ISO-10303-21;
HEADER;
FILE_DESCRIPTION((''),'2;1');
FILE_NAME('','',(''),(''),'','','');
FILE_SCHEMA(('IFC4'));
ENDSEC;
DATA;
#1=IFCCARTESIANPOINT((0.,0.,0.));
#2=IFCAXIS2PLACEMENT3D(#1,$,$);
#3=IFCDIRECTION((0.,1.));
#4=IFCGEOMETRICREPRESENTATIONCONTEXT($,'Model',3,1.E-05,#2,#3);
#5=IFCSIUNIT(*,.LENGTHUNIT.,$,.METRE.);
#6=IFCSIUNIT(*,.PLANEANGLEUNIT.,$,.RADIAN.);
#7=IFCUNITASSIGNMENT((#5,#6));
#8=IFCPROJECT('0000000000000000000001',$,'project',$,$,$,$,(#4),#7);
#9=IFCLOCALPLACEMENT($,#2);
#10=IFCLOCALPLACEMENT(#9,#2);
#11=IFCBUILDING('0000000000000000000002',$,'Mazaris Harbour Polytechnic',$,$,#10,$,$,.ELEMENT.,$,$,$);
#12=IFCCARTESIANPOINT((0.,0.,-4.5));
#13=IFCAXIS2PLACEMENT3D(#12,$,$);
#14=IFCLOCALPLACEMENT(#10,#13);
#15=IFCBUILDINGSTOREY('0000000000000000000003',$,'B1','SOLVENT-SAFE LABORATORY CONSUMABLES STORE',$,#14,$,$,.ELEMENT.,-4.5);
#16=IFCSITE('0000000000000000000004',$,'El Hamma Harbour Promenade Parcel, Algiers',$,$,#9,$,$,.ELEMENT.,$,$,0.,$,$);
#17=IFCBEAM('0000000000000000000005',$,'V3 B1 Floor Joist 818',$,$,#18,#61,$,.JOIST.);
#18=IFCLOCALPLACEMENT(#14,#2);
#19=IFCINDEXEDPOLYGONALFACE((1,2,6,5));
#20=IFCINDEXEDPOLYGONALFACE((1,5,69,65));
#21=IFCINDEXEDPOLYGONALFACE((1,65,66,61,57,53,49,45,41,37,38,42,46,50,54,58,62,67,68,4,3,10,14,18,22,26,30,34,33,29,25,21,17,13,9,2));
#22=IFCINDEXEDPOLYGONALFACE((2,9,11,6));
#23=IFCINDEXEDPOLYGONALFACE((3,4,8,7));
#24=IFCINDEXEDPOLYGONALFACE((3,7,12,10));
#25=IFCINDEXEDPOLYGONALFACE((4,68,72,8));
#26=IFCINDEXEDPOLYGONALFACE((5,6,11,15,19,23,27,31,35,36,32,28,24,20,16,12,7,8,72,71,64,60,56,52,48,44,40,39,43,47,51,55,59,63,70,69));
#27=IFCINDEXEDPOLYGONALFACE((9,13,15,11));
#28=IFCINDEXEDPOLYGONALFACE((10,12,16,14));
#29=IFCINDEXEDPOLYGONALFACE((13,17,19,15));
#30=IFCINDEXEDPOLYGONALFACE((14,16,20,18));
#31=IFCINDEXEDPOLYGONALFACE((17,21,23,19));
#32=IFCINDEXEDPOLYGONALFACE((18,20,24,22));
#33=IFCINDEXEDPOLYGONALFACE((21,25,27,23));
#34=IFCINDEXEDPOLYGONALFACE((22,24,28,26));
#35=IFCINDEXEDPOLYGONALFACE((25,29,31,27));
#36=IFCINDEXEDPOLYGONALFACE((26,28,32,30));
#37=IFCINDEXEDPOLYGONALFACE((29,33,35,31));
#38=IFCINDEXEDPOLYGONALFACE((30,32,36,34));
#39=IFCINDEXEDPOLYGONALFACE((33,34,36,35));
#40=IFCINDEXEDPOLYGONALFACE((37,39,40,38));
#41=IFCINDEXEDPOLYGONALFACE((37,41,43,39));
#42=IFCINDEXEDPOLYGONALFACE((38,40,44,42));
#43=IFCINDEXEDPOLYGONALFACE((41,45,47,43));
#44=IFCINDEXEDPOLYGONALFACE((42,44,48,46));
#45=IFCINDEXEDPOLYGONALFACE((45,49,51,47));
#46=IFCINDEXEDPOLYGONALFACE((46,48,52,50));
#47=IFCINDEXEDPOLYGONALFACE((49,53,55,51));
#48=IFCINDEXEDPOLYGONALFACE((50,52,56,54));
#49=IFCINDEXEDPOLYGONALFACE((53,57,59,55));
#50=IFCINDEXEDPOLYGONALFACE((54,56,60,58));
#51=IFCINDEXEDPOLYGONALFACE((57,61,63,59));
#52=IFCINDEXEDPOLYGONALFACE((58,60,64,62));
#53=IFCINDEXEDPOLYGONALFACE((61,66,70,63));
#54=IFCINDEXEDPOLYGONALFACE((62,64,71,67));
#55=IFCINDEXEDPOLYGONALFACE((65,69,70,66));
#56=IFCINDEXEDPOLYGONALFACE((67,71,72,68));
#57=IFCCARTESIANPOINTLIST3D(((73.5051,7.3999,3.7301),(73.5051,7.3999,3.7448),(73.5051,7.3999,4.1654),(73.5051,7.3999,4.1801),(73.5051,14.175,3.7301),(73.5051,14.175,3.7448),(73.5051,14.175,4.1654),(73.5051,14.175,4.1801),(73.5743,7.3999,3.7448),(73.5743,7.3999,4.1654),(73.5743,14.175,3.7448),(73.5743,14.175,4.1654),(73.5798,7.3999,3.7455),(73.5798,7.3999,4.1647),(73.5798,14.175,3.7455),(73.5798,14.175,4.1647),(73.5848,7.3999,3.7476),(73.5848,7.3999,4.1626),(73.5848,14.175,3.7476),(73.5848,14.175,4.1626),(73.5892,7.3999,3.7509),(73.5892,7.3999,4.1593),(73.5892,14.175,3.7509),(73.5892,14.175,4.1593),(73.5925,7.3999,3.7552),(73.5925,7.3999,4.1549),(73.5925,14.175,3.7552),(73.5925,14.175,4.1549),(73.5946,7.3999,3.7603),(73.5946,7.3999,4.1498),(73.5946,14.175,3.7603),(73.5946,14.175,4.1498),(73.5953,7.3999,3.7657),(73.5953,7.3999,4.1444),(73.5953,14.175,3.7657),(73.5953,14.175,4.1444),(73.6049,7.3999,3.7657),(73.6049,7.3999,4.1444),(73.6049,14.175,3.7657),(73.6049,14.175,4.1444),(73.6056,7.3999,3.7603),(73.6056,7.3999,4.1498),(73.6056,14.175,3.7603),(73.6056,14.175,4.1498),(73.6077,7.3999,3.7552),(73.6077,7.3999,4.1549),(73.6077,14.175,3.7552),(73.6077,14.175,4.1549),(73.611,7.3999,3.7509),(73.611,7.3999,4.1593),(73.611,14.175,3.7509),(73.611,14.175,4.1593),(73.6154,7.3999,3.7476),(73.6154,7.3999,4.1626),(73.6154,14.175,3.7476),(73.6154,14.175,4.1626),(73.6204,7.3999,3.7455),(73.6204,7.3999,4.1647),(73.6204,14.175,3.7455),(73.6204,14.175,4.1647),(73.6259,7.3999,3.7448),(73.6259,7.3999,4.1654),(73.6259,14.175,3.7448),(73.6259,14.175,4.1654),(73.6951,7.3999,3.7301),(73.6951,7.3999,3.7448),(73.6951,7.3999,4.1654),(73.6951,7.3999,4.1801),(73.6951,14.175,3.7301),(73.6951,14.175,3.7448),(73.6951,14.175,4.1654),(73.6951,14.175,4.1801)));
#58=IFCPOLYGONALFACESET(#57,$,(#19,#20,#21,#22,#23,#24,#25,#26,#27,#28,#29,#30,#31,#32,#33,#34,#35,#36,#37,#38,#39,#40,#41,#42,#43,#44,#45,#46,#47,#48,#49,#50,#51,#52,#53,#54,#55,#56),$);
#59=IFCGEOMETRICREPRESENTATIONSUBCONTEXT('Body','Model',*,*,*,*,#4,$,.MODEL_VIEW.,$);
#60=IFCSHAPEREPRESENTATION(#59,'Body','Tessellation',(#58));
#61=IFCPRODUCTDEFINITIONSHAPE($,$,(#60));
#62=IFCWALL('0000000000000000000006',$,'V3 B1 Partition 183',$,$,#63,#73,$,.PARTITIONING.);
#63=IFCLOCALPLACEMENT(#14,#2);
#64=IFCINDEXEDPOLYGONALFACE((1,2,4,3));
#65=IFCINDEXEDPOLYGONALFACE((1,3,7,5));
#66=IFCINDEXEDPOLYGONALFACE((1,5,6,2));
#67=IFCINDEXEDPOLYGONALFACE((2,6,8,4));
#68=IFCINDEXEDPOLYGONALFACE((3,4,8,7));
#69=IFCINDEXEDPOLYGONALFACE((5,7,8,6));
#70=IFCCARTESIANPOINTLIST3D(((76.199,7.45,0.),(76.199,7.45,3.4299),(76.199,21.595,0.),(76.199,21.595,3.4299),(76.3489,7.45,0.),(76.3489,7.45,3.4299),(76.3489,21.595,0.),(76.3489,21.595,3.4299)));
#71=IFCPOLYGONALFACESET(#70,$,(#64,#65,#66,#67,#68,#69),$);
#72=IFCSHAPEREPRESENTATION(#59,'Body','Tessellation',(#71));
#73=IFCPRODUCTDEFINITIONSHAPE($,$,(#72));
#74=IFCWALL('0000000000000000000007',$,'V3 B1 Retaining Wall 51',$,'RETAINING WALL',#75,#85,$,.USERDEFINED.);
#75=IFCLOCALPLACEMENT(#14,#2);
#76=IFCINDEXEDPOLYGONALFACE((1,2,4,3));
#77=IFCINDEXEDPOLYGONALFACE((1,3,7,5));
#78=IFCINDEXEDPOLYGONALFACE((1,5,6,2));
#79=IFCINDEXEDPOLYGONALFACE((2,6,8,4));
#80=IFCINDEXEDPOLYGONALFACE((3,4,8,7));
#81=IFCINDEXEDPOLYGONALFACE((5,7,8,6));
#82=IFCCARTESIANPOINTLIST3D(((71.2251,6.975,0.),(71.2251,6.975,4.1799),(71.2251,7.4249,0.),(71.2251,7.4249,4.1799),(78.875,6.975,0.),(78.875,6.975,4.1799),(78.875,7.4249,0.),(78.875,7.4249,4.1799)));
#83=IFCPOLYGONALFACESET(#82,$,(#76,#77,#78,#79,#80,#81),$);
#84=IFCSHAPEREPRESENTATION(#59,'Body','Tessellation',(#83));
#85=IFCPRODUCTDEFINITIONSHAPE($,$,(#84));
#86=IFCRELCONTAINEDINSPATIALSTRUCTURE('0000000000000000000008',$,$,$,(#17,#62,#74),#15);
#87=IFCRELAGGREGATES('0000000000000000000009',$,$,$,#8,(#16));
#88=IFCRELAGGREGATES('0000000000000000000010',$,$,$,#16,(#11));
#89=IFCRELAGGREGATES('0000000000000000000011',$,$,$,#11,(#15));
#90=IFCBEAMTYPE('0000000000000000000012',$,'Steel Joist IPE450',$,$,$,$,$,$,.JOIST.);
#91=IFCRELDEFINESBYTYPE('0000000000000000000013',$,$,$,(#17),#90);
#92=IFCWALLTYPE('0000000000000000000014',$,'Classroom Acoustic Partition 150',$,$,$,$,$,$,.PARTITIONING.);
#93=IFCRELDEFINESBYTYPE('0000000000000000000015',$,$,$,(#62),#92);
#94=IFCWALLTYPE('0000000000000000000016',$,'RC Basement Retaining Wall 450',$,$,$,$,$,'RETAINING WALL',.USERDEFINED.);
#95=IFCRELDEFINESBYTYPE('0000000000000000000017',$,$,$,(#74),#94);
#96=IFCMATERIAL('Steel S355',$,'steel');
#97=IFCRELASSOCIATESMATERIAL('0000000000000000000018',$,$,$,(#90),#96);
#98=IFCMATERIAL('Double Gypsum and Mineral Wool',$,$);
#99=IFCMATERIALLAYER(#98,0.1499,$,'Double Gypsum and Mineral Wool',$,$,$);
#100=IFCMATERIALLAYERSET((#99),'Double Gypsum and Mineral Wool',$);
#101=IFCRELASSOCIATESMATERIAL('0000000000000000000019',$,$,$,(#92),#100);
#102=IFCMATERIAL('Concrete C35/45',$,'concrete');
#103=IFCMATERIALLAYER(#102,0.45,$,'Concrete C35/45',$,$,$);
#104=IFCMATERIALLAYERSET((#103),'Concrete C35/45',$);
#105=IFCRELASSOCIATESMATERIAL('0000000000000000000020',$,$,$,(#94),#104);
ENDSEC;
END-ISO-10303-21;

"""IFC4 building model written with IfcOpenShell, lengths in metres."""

from ifc_helpers import new_model, si_unit, direction, frame, frame_2d, origin, origin_2d, place, context, subcontext, project, spatial, rectangle, i_section, extrude, material, layer, layer_set, material_profile, profile_set, type_object, element, save


model = new_model("IFC4")

# Units and contexts
model_context = context("Model", 3, precision=1e-05, world=origin(), true_north=direction((0.0, 1.0)))
body_context = subcontext(model_context, "Body", "Model", "MODEL_VIEW")
ifc_project = project(units=[si_unit("LENGTHUNIT", "METRE"), si_unit("PLANEANGLEUNIT", "RADIAN")], contexts=[model_context])

# Site, building, storey
site_placement = place(None, origin())
site = spatial("IfcSite", under=ifc_project, at=site_placement, Name="El Hamma Harbour Promenade Parcel, Algiers", CompositionType="ELEMENT", RefElevation=0.0)
building_placement = place(site_placement, origin())
building = spatial("IfcBuilding", under=site, at=building_placement, Name="Mazaris Harbour Polytechnic", CompositionType="ELEMENT")
storey_placement = place(building_placement, frame((0.0, 0.0, -4.5)))
storey = spatial("IfcBuildingStorey", under=building, at=storey_placement, Name="B1", Description="SOLVENT-SAFE LABORATORY CONSUMABLES STORE", CompositionType="ELEMENT", Elevation=-4.5)

# Beam
ifc_material_1 = material(Name="Steel S355", Category="steel")
ifc_material_profile_1 = material_profile(ifc_material_1, i_section(OverallWidth=0.1899, OverallDepth=0.45, WebThickness=0.0095, FlangeThickness=0.0146, FilletRadius=0.021, at=origin_2d()), Name="IPE 450")
ifc_profile_set_1 = profile_set([ifc_material_profile_1], Name="Steel S355")
beam_type_1 = type_object("IfcBeamType", Name="Steel Joist IPE450", PredefinedType="JOIST", material=ifc_profile_set_1)
beam_1_placement = place(storey_placement, frame((73.6001, 7.3999, 3.9551), z_axis=(0.0, 1.0, 0.0), x_axis=(-1.0, 0.0, 0.0)))
element("IfcBeam", 1, at=beam_1_placement, inside=storey, type_object=beam_type_1, Name="V3 B1 Floor Joist 818", PredefinedType="JOIST", context=body_context, shape_type="SweptSolid", body=[
    extrude(i_section(OverallWidth=0.1899, OverallDepth=0.45, WebThickness=0.0095, FlangeThickness=0.0146, FilletRadius=0.021, at=origin_2d()), origin(), (0.0, 0.0, 1.0), 6.7751),
])

# Walls
ifc_material_2 = material(Name="Double Gypsum and Mineral Wool")
ifc_layer_1 = layer(ifc_material_2, 0.1499, Name="Double Gypsum and Mineral Wool")
ifc_layer_set_1 = layer_set([ifc_layer_1], Name="Double Gypsum and Mineral Wool")
wall_type_1 = type_object("IfcWallType", Name="Classroom Acoustic Partition 150", PredefinedType="PARTITIONING", material=ifc_layer_set_1)
wall_1_placement = place(storey_placement, frame((76.2739, 7.45, 0.0), z_axis=(0.0, 0.0, 1.0), x_axis=(0.0, 1.0, 0.0)))
element("IfcWall", 2, at=wall_1_placement, inside=storey, type_object=wall_type_1, Name="V3 B1 Partition 183", PredefinedType="PARTITIONING", context=body_context, shape_type="SweptSolid", body=[
    extrude(rectangle(XDim=14.145, YDim=0.1499, at=frame_2d((7.0725, 0.0))), origin(), (0.0, 0.0, 1.0), 3.4299),
])
ifc_material_3 = material(Name="Concrete C35/45", Category="concrete")
ifc_layer_2 = layer(ifc_material_3, 0.45, Name="Concrete C35/45")
ifc_layer_set_2 = layer_set([ifc_layer_2], Name="Concrete C35/45")
wall_type_2 = type_object("IfcWallType", Name="RC Basement Retaining Wall 450", ElementType="RETAINING WALL", PredefinedType="USERDEFINED", material=ifc_layer_set_2)
wall_2_placement = place(storey_placement, frame((71.2251, 7.2, 0.0), z_axis=(0.0, 0.0, 1.0), x_axis=(1.0, 0.0, 0.0)))
element("IfcWall", 3, at=wall_2_placement, inside=storey, type_object=wall_type_2, Name="V3 B1 Retaining Wall 51", ObjectType="RETAINING WALL", PredefinedType="USERDEFINED", context=body_context, shape_type="SweptSolid", body=[
    extrude(rectangle(XDim=7.6499, YDim=0.45, at=frame_2d((3.825, 0.0))), origin(), (0.0, 0.0, 1.0), 4.1799),
])

save(model, "model.ifc")
